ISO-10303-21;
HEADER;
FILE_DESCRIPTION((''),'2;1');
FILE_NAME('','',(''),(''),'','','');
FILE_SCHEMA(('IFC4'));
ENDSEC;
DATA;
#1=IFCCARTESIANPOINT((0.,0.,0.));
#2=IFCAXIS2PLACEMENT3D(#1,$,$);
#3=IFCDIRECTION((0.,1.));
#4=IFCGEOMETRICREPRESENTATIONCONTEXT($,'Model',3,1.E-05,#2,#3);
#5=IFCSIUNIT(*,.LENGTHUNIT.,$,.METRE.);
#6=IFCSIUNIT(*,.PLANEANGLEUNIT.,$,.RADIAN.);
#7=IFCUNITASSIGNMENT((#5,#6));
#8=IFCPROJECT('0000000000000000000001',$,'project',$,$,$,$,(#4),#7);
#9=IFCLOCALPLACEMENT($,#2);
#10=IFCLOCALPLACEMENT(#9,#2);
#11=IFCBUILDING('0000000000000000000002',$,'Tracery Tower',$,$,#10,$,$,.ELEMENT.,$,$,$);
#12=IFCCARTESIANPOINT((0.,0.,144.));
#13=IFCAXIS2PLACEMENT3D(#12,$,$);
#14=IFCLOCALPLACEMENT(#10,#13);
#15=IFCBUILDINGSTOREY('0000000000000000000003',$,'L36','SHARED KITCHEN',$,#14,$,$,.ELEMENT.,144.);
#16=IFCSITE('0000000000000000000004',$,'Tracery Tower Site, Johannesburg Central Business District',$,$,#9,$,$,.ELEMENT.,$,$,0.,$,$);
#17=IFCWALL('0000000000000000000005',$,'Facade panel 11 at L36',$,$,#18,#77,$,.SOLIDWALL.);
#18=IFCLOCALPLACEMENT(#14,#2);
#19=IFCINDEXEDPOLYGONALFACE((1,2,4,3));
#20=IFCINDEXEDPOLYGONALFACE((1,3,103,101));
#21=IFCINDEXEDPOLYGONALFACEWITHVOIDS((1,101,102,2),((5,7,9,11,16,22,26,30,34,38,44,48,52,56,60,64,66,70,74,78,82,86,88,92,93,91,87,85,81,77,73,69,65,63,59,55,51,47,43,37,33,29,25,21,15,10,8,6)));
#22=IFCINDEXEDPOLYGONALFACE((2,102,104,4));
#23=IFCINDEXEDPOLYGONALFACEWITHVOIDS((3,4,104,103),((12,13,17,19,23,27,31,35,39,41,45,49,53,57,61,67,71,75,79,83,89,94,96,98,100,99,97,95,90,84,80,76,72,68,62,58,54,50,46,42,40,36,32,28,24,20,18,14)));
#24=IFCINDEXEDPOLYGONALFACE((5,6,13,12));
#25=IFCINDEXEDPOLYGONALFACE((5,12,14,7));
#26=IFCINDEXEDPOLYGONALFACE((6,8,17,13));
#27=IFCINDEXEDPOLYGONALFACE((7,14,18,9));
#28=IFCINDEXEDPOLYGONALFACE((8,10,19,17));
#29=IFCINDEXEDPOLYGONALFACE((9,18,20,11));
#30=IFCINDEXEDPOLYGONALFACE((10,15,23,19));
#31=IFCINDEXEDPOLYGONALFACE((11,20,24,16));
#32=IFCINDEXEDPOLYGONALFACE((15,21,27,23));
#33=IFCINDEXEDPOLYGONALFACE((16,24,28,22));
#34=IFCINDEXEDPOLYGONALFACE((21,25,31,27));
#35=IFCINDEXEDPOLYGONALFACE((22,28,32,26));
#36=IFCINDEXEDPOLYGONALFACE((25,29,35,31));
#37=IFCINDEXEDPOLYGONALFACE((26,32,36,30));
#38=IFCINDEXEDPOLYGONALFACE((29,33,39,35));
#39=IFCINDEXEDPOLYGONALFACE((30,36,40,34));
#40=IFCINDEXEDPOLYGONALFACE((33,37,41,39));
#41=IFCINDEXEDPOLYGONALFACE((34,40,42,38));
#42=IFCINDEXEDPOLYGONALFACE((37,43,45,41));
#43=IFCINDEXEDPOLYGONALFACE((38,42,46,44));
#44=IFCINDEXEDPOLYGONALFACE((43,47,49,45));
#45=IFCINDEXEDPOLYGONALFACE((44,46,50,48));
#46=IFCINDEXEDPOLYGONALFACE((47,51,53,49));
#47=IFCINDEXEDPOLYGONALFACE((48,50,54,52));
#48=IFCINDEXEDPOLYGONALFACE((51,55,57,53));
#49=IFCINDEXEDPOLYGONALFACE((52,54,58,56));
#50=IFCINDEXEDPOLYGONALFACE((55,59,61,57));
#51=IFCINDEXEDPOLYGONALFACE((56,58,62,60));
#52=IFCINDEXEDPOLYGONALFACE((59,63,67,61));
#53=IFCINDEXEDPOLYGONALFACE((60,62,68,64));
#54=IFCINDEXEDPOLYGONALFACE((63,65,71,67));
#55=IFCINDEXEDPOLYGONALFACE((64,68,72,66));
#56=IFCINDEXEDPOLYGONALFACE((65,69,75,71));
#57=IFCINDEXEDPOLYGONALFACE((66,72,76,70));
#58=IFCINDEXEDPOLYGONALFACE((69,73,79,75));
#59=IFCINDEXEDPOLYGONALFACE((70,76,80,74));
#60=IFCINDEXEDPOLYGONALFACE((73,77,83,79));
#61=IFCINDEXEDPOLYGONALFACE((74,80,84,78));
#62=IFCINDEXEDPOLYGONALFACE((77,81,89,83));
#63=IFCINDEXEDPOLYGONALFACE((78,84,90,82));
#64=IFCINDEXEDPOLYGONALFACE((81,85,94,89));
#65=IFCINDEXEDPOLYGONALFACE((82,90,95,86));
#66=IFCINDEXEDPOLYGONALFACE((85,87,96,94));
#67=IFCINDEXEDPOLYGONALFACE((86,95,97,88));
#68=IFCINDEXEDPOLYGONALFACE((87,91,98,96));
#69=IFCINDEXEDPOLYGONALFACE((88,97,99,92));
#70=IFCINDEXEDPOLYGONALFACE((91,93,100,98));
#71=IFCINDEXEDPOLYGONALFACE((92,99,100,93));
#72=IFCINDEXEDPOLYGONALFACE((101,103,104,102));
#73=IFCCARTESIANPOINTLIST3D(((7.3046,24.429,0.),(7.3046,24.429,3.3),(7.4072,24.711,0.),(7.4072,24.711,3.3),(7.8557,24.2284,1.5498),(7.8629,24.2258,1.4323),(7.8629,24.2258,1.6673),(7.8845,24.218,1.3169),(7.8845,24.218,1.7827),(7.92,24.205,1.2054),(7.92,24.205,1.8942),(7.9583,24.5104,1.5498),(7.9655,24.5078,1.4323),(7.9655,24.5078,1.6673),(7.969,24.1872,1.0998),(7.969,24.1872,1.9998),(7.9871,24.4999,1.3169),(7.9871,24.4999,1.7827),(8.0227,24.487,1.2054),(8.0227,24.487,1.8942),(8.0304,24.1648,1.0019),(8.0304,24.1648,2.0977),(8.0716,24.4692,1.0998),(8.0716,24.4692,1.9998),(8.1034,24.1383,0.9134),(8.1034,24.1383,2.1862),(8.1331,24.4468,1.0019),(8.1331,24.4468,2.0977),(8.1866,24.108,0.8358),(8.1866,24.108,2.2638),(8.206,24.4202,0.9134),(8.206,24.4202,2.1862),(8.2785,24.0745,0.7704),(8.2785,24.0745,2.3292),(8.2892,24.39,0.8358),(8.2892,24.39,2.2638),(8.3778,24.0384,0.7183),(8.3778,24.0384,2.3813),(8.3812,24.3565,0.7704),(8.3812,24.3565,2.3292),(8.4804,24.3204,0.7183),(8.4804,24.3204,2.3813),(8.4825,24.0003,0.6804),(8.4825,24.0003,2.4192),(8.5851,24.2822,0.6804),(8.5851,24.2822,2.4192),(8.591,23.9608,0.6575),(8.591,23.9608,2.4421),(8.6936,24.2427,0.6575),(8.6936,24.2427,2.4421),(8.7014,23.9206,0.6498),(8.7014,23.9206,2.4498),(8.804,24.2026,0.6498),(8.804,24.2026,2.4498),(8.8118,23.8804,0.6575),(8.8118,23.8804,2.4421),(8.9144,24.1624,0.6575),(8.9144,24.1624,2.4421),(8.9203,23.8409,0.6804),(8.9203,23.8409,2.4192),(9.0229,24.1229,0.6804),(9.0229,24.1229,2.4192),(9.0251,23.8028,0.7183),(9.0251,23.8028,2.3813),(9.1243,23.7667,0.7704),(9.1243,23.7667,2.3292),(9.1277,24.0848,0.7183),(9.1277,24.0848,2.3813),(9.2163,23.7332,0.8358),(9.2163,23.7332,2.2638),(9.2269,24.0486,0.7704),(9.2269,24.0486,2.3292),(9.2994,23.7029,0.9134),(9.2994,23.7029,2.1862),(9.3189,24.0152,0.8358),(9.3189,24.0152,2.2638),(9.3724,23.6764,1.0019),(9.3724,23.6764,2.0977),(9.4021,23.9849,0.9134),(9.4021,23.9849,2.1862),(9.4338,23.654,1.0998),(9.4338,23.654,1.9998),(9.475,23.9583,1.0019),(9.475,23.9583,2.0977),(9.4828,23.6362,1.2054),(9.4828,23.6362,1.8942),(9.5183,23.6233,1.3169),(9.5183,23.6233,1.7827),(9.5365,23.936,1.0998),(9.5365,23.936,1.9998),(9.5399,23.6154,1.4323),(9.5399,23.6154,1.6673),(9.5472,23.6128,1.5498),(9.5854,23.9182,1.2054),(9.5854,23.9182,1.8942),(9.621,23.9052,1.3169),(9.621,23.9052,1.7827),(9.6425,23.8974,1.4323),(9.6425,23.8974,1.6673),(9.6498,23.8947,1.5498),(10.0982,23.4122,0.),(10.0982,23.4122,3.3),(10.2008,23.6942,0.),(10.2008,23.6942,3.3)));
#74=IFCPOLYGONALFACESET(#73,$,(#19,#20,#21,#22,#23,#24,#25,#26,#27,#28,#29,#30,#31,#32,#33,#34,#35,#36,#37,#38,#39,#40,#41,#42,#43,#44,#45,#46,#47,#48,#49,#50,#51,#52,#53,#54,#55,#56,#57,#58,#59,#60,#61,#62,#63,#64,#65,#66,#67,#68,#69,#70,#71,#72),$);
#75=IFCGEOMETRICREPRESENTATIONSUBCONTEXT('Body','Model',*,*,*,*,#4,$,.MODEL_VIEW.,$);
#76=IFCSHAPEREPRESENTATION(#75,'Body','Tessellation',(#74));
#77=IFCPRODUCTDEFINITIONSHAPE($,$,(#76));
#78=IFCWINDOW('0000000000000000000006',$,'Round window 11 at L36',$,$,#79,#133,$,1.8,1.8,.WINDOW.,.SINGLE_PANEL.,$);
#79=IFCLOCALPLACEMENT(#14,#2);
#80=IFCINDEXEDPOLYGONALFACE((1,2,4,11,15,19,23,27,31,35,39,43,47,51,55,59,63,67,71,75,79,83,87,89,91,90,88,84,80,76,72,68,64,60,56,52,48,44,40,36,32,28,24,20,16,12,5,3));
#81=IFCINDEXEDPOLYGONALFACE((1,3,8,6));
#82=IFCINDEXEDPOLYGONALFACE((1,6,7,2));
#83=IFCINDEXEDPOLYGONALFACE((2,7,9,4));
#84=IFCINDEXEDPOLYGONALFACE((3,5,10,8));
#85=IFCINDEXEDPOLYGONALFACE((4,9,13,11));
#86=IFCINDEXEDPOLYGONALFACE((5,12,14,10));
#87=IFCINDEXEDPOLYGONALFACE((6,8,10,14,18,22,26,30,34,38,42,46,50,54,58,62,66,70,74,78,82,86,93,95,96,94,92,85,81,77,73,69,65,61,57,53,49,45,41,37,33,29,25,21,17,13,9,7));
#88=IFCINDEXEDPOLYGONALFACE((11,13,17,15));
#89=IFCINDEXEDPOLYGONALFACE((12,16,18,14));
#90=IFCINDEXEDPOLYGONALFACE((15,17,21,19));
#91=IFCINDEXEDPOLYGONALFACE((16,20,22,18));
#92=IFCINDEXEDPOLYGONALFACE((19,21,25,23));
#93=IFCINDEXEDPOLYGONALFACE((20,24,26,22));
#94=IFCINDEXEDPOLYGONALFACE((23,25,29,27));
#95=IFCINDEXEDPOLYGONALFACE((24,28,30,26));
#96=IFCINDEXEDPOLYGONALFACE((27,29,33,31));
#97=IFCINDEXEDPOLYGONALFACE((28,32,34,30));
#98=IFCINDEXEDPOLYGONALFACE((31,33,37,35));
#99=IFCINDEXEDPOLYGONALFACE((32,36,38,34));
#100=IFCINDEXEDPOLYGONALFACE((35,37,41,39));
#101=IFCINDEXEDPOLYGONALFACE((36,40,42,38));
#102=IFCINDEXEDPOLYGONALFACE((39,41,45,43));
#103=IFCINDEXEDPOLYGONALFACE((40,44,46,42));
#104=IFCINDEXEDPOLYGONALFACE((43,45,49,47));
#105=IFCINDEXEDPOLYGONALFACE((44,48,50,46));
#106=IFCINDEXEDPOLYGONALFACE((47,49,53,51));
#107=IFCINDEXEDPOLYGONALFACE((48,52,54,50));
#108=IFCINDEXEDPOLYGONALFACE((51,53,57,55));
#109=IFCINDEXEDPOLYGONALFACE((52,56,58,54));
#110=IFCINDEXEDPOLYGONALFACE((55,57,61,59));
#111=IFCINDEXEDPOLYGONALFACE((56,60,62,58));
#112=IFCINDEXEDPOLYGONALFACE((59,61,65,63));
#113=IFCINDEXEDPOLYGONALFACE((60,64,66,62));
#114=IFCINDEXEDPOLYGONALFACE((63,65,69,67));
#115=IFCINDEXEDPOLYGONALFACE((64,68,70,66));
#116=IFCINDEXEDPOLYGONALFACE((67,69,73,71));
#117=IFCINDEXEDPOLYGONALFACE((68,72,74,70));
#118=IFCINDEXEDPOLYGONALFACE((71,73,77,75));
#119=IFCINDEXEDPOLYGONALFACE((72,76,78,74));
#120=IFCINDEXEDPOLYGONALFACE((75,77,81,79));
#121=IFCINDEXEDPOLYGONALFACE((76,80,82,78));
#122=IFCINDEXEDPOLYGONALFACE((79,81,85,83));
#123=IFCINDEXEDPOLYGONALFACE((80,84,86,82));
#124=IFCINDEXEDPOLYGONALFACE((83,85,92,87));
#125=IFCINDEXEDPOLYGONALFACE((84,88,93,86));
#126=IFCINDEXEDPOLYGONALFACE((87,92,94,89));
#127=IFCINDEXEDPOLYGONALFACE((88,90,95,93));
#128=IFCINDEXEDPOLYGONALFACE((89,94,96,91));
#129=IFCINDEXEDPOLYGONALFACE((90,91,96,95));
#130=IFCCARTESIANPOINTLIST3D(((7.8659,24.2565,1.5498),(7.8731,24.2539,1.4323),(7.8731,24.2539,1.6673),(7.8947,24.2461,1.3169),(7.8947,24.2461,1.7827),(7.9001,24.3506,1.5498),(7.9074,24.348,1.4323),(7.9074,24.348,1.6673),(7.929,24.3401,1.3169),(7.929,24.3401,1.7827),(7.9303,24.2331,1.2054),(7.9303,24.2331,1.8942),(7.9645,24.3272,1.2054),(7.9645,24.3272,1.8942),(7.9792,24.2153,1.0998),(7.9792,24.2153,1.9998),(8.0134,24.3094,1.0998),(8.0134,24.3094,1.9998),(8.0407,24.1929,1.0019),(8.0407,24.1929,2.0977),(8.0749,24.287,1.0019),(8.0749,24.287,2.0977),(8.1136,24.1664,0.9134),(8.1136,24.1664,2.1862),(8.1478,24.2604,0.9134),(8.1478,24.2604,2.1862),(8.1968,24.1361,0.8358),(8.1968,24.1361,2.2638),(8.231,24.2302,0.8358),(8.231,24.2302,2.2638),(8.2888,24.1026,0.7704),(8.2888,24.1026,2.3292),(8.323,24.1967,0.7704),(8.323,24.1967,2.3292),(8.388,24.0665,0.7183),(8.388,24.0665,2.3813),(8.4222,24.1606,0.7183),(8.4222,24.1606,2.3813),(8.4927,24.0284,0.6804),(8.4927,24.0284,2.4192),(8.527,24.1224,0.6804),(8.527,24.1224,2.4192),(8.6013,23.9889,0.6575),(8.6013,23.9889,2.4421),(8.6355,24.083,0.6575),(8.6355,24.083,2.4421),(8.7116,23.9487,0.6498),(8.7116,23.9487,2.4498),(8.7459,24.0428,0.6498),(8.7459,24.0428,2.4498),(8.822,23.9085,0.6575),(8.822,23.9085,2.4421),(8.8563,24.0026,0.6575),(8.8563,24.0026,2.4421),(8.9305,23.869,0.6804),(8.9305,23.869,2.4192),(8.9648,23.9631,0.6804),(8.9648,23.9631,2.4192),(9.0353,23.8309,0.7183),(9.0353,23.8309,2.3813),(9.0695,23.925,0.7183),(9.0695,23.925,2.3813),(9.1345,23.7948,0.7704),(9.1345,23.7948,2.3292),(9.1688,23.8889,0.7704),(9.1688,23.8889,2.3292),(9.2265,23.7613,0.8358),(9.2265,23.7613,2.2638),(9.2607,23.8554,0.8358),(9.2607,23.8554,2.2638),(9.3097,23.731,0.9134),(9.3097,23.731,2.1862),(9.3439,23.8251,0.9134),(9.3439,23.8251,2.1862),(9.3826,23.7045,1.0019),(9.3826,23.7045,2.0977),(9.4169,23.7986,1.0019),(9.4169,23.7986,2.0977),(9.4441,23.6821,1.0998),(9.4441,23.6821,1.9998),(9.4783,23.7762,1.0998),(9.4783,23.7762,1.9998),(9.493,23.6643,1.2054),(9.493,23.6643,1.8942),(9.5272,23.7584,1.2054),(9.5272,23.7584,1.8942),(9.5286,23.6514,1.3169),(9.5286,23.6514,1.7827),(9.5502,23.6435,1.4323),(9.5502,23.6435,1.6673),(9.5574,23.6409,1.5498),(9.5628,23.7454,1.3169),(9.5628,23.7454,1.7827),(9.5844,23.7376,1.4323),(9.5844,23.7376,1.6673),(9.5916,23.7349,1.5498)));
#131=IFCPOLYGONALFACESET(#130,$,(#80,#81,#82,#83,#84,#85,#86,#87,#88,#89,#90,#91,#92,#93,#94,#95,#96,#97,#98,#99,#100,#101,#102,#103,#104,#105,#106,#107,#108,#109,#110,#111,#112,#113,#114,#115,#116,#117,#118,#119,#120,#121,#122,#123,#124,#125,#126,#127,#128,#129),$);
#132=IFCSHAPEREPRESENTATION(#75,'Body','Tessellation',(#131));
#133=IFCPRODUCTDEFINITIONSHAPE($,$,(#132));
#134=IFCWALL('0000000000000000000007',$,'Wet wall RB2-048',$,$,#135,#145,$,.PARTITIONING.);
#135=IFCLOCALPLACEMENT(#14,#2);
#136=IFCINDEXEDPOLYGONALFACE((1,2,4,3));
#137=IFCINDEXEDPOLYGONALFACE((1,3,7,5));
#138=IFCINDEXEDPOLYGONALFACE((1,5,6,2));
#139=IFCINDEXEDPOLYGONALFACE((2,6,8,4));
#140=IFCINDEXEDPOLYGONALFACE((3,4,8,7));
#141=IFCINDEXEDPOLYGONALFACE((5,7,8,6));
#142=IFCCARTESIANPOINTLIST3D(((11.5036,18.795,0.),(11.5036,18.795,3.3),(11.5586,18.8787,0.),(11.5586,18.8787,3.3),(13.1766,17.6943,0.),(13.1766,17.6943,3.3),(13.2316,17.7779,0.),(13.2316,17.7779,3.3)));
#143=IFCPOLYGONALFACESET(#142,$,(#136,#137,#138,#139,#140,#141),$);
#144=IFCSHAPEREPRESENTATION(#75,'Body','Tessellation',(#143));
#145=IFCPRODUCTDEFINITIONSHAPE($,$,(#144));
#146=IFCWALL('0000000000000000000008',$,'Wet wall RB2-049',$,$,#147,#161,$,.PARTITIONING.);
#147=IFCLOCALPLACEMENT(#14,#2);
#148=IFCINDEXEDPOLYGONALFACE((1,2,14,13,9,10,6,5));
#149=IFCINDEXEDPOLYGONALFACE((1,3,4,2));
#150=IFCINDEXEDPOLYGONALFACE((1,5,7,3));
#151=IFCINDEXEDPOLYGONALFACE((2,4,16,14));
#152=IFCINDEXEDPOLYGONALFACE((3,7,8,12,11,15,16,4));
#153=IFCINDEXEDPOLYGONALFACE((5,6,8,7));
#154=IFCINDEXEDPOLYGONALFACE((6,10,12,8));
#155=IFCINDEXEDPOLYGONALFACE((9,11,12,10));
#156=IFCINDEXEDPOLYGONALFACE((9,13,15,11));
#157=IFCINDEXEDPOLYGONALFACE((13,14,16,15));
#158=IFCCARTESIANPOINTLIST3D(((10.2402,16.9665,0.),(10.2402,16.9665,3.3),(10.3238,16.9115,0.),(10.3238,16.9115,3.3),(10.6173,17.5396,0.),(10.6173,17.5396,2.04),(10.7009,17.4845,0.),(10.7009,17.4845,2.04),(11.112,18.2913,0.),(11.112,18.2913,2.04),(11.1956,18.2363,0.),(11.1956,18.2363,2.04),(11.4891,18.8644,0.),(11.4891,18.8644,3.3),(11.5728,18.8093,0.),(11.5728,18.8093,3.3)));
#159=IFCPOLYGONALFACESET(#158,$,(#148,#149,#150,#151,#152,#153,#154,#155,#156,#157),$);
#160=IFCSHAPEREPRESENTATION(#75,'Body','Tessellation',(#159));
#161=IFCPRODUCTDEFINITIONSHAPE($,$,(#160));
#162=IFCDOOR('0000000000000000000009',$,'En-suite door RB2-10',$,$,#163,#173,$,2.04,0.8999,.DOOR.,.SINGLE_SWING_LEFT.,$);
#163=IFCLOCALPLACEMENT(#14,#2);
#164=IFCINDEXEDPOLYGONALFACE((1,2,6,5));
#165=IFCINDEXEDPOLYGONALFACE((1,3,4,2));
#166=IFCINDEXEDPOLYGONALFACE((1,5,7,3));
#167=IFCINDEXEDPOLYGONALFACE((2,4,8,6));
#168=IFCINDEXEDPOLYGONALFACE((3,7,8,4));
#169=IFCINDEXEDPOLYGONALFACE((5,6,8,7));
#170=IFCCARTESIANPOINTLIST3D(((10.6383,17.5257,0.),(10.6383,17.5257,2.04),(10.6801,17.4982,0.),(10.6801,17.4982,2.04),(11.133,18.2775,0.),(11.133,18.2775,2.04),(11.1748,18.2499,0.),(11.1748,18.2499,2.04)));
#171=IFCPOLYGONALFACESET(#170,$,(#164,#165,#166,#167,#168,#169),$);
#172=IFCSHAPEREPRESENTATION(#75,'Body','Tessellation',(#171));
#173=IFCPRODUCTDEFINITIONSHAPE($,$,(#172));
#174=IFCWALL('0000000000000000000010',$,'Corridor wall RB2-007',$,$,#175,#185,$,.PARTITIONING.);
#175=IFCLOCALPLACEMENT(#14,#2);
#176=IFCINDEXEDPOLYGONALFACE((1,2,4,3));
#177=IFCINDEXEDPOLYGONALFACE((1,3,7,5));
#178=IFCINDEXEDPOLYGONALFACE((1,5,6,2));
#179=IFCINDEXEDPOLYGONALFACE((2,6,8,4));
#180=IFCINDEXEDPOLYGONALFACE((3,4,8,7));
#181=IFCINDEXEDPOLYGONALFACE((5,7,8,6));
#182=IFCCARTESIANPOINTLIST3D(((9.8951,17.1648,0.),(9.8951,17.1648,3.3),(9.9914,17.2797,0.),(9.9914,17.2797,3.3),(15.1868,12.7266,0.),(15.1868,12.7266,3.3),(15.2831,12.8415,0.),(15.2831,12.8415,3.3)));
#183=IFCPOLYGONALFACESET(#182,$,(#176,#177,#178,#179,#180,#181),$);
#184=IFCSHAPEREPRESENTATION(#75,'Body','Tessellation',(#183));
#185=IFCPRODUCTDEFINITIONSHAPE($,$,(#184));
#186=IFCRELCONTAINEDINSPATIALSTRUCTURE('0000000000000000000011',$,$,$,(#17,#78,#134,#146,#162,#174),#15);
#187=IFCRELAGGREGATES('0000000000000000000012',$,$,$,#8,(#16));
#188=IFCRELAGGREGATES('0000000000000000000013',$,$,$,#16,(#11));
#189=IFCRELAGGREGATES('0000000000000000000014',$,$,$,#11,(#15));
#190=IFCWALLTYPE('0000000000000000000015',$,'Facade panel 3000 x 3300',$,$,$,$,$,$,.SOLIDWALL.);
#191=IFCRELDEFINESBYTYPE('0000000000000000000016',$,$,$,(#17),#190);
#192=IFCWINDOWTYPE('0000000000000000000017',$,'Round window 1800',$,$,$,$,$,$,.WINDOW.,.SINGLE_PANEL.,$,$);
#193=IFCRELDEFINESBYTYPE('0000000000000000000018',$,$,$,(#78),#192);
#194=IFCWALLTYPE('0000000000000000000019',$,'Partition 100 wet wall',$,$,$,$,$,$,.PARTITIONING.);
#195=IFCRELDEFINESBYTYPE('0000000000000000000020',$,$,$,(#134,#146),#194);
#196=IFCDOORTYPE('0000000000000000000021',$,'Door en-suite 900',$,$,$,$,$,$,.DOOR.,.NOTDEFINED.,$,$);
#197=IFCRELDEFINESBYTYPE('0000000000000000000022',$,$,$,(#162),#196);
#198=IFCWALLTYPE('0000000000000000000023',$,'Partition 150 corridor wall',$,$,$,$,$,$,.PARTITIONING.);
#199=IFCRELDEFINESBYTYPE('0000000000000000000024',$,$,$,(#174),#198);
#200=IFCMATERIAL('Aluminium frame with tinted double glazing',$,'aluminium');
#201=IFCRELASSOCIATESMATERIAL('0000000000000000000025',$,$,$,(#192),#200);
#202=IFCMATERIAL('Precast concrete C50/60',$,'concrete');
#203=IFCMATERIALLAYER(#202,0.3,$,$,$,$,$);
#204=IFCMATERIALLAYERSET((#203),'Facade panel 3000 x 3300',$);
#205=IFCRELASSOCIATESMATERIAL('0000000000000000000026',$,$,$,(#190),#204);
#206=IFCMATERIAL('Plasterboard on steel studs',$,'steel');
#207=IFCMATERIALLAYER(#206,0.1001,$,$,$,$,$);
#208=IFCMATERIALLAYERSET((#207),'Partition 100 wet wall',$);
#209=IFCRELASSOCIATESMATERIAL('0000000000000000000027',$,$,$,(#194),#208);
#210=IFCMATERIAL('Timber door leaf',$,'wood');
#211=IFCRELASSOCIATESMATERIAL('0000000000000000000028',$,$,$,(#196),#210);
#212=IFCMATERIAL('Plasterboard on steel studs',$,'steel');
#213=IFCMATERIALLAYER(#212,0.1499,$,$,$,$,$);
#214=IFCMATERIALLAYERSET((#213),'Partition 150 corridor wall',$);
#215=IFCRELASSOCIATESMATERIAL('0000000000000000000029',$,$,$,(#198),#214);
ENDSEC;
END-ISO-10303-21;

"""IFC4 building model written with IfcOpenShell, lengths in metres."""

from ifc_helpers import new_model, si_unit, direction, frame, frame_2d, origin, origin_2d, place, context, subcontext, project, spatial, rectangle, circle, extrude, material, layer, layer_set, type_object, element, fill, save


model = new_model("IFC4")

# Units and contexts
model_context = context("Model", 3, precision=1e-05, world=origin(), true_north=direction((0.0, 1.0)))
body_context = subcontext(model_context, "Body", "Model", "MODEL_VIEW")
ifc_project = project(units=[si_unit("LENGTHUNIT", "METRE"), si_unit("PLANEANGLEUNIT", "RADIAN")], contexts=[model_context])

# Site, building, storey
site_placement = place(None, origin())
site = spatial("IfcSite", under=ifc_project, at=site_placement, Name="Tracery Tower Site, Johannesburg Central Business District", CompositionType="ELEMENT", RefElevation=0.0)
building_placement = place(site_placement, origin())
building = spatial("IfcBuilding", under=site, at=building_placement, Name="Tracery Tower", CompositionType="ELEMENT")
storey_placement = place(building_placement, frame((0.0, 0.0, 144.0)))
storey = spatial("IfcBuildingStorey", under=building, at=storey_placement, Name="L36", Description="SHARED KITCHEN", CompositionType="ELEMENT", Elevation=144.0)

# Wall, opening, window
ifc_material_1 = material(Name="Aluminium frame with tinted double glazing", Category="aluminium")
window_type = type_object("IfcWindowType", Name="Round window 1800", PartitioningType="SINGLE_PANEL", PredefinedType="WINDOW", material=ifc_material_1)
ifc_material_2 = material(Name="Precast concrete C50/60", Category="concrete")
ifc_layer_1 = layer(ifc_material_2, 0.3)
ifc_layer_set_1 = layer_set([ifc_layer_1], Name="Facade panel 3000 x 3300")
wall_type_1 = type_object("IfcWallType", Name="Facade panel 3000 x 3300", PredefinedType="SOLIDWALL", material=ifc_layer_set_1)
wall_1_placement = place(storey_placement, frame((10.1494, 23.5532, 0.0), z_axis=(0.0, 0.0, 1.0), x_axis=(-0.93969, 0.342027, 0.0)))
wall_1 = element("IfcWall", 1, at=wall_1_placement, inside=storey, type_object=wall_type_1, Name="Facade panel 11 at L36", PredefinedType="SOLIDWALL", context=body_context, shape_type="SweptSolid", body=[
    extrude(rectangle(XDim=2.9729, YDim=0.3, at=frame_2d((1.4863, 0.0))), origin(), (0.0, 0.0, 1.0), 3.3),
])
opening_1_placement = place(wall_1_placement, frame((1.4863, 0.0, 1.5498)))
opening_1 = element("IfcOpeningElement", 2, at=opening_1_placement, cuts=wall_1, PredefinedType="OPENING", context=body_context, shape_type="SweptSolid", body=[
    extrude(circle(Radius=0.9, at=origin_2d()), frame((0.0, 0.1599, 0.0), z_axis=(0.0, -1.0, 0.0), x_axis=(1.0, 0.0, 0.0)), (0.0, 0.0, 1.0), 0.3201),
])
window_1_placement = place(opening_1_placement, origin())
window_1 = element("IfcWindow", 3, at=window_1_placement, inside=storey, type_object=window_type, Name="Round window 11 at L36", OverallHeight=1.8, OverallWidth=1.8, PartitioningType="SINGLE_PANEL", PredefinedType="WINDOW", context=body_context, shape_type="SweptSolid", body=[
    extrude(circle(Radius=0.9, at=origin_2d()), frame((0.0, 0.1201, 0.0), z_axis=(0.0, -1.0, 0.0), x_axis=(1.0, 0.0, 0.0)), (0.0, 0.0, 1.0), 0.1001),
])
fill(opening_1, window_1)

# Wall
ifc_material_3 = material(Name="Plasterboard on steel studs", Category="steel")
ifc_layer_2 = layer(ifc_material_3, 0.1001)
ifc_layer_set_2 = layer_set([ifc_layer_2], Name="Partition 100 wet wall")
wall_type_2 = type_object("IfcWallType", Name="Partition 100 wet wall", PredefinedType="PARTITIONING", material=ifc_layer_set_2)
wall_2_placement = place(storey_placement, frame((11.531, 18.8369, 0.0), z_axis=(0.0, 0.0, 1.0), x_axis=(0.835392, -0.549655, 0.0)))
element("IfcWall", 4, at=wall_2_placement, inside=storey, type_object=wall_type_2, Name="Wet wall RB2-048", PredefinedType="PARTITIONING", context=body_context, shape_type="SweptSolid", body=[
    extrude(rectangle(XDim=2.0027, YDim=0.1001, at=frame_2d((1.0015, 0.0))), origin(), (0.0, 0.0, 1.0), 3.3),
])

# Wall, opening, door
wall_3_placement = place(storey_placement, frame((10.282, 16.939, 0.0), z_axis=(0.0, 0.0, 1.0), x_axis=(0.549731, 0.835342, 0.0)))
wall_3 = element("IfcWall", 5, at=wall_3_placement, inside=storey, type_object=wall_type_2, Name="Wet wall RB2-049", PredefinedType="PARTITIONING", context=body_context, shape_type="SweptSolid", body=[
    extrude(rectangle(XDim=2.272, YDim=0.1001, at=frame_2d((1.136, 0.0))), origin(), (0.0, 0.0, 1.0), 3.3),
])
opening_2_placement = place(wall_3_placement, frame((0.686, 0.0, 0.0)))
opening_2 = element("IfcOpeningElement", 6, at=opening_2_placement, cuts=wall_3, PredefinedType="OPENING", context=body_context, shape_type="SweptSolid", body=[
    extrude(rectangle(XDim=0.8999, YDim=2.04, at=frame_2d((0.45, 1.02))), frame((0.0, 0.05, 0.0), z_axis=(0.0, -1.0, 0.0), x_axis=(1.0, 0.0, 0.0)), (0.0, 0.0, 1.0), 0.1001),
])
ifc_material_4 = material(Name="Timber door leaf", Category="wood")
door_type_1 = type_object("IfcDoorType", Name="Door en-suite 900", OperationType="NOTDEFINED", PredefinedType="DOOR", material=ifc_material_4)
door_1_placement = place(opening_2_placement, origin())
door_1 = element("IfcDoor", 7, at=door_1_placement, inside=storey, type_object=door_type_1, Name="En-suite door RB2-10", OperationType="SINGLE_SWING_LEFT", OverallHeight=2.04, OverallWidth=0.8999, PredefinedType="DOOR", context=body_context, shape_type="SweptSolid", body=[
    extrude(rectangle(XDim=0.8999, YDim=2.04, at=frame_2d((0.45, 1.02))), frame((0.0, 0.0249, 0.0), z_axis=(0.0, -1.0, 0.0), x_axis=(1.0, 0.0, 0.0)), (0.0, 0.0, 1.0), 0.05),
])
fill(opening_2, door_1)

# Wall
ifc_material_5 = material(Name="Plasterboard on steel studs", Category="steel")
ifc_layer_3 = layer(ifc_material_5, 0.1499)
ifc_layer_set_3 = layer_set([ifc_layer_3], Name="Partition 150 corridor wall")
wall_type_3 = type_object("IfcWallType", Name="Partition 150 corridor wall", PredefinedType="PARTITIONING", material=ifc_layer_set_3)
wall_4_placement = place(storey_placement, frame((9.9434, 17.2222, 0.0), z_axis=(0.0, 0.0, 1.0), x_axis=(0.766192, -0.642612, 0.0)))
element("IfcWall", 8, at=wall_4_placement, inside=storey, type_object=wall_type_3, Name="Corridor wall RB2-007", PredefinedType="PARTITIONING", context=body_context, shape_type="SweptSolid", body=[
    extrude(rectangle(XDim=6.9065, YDim=0.1499, at=frame_2d((3.4531, 0.0))), origin(), (0.0, 0.0, 1.0), 3.3),
])

save(model, "model.ifc")
